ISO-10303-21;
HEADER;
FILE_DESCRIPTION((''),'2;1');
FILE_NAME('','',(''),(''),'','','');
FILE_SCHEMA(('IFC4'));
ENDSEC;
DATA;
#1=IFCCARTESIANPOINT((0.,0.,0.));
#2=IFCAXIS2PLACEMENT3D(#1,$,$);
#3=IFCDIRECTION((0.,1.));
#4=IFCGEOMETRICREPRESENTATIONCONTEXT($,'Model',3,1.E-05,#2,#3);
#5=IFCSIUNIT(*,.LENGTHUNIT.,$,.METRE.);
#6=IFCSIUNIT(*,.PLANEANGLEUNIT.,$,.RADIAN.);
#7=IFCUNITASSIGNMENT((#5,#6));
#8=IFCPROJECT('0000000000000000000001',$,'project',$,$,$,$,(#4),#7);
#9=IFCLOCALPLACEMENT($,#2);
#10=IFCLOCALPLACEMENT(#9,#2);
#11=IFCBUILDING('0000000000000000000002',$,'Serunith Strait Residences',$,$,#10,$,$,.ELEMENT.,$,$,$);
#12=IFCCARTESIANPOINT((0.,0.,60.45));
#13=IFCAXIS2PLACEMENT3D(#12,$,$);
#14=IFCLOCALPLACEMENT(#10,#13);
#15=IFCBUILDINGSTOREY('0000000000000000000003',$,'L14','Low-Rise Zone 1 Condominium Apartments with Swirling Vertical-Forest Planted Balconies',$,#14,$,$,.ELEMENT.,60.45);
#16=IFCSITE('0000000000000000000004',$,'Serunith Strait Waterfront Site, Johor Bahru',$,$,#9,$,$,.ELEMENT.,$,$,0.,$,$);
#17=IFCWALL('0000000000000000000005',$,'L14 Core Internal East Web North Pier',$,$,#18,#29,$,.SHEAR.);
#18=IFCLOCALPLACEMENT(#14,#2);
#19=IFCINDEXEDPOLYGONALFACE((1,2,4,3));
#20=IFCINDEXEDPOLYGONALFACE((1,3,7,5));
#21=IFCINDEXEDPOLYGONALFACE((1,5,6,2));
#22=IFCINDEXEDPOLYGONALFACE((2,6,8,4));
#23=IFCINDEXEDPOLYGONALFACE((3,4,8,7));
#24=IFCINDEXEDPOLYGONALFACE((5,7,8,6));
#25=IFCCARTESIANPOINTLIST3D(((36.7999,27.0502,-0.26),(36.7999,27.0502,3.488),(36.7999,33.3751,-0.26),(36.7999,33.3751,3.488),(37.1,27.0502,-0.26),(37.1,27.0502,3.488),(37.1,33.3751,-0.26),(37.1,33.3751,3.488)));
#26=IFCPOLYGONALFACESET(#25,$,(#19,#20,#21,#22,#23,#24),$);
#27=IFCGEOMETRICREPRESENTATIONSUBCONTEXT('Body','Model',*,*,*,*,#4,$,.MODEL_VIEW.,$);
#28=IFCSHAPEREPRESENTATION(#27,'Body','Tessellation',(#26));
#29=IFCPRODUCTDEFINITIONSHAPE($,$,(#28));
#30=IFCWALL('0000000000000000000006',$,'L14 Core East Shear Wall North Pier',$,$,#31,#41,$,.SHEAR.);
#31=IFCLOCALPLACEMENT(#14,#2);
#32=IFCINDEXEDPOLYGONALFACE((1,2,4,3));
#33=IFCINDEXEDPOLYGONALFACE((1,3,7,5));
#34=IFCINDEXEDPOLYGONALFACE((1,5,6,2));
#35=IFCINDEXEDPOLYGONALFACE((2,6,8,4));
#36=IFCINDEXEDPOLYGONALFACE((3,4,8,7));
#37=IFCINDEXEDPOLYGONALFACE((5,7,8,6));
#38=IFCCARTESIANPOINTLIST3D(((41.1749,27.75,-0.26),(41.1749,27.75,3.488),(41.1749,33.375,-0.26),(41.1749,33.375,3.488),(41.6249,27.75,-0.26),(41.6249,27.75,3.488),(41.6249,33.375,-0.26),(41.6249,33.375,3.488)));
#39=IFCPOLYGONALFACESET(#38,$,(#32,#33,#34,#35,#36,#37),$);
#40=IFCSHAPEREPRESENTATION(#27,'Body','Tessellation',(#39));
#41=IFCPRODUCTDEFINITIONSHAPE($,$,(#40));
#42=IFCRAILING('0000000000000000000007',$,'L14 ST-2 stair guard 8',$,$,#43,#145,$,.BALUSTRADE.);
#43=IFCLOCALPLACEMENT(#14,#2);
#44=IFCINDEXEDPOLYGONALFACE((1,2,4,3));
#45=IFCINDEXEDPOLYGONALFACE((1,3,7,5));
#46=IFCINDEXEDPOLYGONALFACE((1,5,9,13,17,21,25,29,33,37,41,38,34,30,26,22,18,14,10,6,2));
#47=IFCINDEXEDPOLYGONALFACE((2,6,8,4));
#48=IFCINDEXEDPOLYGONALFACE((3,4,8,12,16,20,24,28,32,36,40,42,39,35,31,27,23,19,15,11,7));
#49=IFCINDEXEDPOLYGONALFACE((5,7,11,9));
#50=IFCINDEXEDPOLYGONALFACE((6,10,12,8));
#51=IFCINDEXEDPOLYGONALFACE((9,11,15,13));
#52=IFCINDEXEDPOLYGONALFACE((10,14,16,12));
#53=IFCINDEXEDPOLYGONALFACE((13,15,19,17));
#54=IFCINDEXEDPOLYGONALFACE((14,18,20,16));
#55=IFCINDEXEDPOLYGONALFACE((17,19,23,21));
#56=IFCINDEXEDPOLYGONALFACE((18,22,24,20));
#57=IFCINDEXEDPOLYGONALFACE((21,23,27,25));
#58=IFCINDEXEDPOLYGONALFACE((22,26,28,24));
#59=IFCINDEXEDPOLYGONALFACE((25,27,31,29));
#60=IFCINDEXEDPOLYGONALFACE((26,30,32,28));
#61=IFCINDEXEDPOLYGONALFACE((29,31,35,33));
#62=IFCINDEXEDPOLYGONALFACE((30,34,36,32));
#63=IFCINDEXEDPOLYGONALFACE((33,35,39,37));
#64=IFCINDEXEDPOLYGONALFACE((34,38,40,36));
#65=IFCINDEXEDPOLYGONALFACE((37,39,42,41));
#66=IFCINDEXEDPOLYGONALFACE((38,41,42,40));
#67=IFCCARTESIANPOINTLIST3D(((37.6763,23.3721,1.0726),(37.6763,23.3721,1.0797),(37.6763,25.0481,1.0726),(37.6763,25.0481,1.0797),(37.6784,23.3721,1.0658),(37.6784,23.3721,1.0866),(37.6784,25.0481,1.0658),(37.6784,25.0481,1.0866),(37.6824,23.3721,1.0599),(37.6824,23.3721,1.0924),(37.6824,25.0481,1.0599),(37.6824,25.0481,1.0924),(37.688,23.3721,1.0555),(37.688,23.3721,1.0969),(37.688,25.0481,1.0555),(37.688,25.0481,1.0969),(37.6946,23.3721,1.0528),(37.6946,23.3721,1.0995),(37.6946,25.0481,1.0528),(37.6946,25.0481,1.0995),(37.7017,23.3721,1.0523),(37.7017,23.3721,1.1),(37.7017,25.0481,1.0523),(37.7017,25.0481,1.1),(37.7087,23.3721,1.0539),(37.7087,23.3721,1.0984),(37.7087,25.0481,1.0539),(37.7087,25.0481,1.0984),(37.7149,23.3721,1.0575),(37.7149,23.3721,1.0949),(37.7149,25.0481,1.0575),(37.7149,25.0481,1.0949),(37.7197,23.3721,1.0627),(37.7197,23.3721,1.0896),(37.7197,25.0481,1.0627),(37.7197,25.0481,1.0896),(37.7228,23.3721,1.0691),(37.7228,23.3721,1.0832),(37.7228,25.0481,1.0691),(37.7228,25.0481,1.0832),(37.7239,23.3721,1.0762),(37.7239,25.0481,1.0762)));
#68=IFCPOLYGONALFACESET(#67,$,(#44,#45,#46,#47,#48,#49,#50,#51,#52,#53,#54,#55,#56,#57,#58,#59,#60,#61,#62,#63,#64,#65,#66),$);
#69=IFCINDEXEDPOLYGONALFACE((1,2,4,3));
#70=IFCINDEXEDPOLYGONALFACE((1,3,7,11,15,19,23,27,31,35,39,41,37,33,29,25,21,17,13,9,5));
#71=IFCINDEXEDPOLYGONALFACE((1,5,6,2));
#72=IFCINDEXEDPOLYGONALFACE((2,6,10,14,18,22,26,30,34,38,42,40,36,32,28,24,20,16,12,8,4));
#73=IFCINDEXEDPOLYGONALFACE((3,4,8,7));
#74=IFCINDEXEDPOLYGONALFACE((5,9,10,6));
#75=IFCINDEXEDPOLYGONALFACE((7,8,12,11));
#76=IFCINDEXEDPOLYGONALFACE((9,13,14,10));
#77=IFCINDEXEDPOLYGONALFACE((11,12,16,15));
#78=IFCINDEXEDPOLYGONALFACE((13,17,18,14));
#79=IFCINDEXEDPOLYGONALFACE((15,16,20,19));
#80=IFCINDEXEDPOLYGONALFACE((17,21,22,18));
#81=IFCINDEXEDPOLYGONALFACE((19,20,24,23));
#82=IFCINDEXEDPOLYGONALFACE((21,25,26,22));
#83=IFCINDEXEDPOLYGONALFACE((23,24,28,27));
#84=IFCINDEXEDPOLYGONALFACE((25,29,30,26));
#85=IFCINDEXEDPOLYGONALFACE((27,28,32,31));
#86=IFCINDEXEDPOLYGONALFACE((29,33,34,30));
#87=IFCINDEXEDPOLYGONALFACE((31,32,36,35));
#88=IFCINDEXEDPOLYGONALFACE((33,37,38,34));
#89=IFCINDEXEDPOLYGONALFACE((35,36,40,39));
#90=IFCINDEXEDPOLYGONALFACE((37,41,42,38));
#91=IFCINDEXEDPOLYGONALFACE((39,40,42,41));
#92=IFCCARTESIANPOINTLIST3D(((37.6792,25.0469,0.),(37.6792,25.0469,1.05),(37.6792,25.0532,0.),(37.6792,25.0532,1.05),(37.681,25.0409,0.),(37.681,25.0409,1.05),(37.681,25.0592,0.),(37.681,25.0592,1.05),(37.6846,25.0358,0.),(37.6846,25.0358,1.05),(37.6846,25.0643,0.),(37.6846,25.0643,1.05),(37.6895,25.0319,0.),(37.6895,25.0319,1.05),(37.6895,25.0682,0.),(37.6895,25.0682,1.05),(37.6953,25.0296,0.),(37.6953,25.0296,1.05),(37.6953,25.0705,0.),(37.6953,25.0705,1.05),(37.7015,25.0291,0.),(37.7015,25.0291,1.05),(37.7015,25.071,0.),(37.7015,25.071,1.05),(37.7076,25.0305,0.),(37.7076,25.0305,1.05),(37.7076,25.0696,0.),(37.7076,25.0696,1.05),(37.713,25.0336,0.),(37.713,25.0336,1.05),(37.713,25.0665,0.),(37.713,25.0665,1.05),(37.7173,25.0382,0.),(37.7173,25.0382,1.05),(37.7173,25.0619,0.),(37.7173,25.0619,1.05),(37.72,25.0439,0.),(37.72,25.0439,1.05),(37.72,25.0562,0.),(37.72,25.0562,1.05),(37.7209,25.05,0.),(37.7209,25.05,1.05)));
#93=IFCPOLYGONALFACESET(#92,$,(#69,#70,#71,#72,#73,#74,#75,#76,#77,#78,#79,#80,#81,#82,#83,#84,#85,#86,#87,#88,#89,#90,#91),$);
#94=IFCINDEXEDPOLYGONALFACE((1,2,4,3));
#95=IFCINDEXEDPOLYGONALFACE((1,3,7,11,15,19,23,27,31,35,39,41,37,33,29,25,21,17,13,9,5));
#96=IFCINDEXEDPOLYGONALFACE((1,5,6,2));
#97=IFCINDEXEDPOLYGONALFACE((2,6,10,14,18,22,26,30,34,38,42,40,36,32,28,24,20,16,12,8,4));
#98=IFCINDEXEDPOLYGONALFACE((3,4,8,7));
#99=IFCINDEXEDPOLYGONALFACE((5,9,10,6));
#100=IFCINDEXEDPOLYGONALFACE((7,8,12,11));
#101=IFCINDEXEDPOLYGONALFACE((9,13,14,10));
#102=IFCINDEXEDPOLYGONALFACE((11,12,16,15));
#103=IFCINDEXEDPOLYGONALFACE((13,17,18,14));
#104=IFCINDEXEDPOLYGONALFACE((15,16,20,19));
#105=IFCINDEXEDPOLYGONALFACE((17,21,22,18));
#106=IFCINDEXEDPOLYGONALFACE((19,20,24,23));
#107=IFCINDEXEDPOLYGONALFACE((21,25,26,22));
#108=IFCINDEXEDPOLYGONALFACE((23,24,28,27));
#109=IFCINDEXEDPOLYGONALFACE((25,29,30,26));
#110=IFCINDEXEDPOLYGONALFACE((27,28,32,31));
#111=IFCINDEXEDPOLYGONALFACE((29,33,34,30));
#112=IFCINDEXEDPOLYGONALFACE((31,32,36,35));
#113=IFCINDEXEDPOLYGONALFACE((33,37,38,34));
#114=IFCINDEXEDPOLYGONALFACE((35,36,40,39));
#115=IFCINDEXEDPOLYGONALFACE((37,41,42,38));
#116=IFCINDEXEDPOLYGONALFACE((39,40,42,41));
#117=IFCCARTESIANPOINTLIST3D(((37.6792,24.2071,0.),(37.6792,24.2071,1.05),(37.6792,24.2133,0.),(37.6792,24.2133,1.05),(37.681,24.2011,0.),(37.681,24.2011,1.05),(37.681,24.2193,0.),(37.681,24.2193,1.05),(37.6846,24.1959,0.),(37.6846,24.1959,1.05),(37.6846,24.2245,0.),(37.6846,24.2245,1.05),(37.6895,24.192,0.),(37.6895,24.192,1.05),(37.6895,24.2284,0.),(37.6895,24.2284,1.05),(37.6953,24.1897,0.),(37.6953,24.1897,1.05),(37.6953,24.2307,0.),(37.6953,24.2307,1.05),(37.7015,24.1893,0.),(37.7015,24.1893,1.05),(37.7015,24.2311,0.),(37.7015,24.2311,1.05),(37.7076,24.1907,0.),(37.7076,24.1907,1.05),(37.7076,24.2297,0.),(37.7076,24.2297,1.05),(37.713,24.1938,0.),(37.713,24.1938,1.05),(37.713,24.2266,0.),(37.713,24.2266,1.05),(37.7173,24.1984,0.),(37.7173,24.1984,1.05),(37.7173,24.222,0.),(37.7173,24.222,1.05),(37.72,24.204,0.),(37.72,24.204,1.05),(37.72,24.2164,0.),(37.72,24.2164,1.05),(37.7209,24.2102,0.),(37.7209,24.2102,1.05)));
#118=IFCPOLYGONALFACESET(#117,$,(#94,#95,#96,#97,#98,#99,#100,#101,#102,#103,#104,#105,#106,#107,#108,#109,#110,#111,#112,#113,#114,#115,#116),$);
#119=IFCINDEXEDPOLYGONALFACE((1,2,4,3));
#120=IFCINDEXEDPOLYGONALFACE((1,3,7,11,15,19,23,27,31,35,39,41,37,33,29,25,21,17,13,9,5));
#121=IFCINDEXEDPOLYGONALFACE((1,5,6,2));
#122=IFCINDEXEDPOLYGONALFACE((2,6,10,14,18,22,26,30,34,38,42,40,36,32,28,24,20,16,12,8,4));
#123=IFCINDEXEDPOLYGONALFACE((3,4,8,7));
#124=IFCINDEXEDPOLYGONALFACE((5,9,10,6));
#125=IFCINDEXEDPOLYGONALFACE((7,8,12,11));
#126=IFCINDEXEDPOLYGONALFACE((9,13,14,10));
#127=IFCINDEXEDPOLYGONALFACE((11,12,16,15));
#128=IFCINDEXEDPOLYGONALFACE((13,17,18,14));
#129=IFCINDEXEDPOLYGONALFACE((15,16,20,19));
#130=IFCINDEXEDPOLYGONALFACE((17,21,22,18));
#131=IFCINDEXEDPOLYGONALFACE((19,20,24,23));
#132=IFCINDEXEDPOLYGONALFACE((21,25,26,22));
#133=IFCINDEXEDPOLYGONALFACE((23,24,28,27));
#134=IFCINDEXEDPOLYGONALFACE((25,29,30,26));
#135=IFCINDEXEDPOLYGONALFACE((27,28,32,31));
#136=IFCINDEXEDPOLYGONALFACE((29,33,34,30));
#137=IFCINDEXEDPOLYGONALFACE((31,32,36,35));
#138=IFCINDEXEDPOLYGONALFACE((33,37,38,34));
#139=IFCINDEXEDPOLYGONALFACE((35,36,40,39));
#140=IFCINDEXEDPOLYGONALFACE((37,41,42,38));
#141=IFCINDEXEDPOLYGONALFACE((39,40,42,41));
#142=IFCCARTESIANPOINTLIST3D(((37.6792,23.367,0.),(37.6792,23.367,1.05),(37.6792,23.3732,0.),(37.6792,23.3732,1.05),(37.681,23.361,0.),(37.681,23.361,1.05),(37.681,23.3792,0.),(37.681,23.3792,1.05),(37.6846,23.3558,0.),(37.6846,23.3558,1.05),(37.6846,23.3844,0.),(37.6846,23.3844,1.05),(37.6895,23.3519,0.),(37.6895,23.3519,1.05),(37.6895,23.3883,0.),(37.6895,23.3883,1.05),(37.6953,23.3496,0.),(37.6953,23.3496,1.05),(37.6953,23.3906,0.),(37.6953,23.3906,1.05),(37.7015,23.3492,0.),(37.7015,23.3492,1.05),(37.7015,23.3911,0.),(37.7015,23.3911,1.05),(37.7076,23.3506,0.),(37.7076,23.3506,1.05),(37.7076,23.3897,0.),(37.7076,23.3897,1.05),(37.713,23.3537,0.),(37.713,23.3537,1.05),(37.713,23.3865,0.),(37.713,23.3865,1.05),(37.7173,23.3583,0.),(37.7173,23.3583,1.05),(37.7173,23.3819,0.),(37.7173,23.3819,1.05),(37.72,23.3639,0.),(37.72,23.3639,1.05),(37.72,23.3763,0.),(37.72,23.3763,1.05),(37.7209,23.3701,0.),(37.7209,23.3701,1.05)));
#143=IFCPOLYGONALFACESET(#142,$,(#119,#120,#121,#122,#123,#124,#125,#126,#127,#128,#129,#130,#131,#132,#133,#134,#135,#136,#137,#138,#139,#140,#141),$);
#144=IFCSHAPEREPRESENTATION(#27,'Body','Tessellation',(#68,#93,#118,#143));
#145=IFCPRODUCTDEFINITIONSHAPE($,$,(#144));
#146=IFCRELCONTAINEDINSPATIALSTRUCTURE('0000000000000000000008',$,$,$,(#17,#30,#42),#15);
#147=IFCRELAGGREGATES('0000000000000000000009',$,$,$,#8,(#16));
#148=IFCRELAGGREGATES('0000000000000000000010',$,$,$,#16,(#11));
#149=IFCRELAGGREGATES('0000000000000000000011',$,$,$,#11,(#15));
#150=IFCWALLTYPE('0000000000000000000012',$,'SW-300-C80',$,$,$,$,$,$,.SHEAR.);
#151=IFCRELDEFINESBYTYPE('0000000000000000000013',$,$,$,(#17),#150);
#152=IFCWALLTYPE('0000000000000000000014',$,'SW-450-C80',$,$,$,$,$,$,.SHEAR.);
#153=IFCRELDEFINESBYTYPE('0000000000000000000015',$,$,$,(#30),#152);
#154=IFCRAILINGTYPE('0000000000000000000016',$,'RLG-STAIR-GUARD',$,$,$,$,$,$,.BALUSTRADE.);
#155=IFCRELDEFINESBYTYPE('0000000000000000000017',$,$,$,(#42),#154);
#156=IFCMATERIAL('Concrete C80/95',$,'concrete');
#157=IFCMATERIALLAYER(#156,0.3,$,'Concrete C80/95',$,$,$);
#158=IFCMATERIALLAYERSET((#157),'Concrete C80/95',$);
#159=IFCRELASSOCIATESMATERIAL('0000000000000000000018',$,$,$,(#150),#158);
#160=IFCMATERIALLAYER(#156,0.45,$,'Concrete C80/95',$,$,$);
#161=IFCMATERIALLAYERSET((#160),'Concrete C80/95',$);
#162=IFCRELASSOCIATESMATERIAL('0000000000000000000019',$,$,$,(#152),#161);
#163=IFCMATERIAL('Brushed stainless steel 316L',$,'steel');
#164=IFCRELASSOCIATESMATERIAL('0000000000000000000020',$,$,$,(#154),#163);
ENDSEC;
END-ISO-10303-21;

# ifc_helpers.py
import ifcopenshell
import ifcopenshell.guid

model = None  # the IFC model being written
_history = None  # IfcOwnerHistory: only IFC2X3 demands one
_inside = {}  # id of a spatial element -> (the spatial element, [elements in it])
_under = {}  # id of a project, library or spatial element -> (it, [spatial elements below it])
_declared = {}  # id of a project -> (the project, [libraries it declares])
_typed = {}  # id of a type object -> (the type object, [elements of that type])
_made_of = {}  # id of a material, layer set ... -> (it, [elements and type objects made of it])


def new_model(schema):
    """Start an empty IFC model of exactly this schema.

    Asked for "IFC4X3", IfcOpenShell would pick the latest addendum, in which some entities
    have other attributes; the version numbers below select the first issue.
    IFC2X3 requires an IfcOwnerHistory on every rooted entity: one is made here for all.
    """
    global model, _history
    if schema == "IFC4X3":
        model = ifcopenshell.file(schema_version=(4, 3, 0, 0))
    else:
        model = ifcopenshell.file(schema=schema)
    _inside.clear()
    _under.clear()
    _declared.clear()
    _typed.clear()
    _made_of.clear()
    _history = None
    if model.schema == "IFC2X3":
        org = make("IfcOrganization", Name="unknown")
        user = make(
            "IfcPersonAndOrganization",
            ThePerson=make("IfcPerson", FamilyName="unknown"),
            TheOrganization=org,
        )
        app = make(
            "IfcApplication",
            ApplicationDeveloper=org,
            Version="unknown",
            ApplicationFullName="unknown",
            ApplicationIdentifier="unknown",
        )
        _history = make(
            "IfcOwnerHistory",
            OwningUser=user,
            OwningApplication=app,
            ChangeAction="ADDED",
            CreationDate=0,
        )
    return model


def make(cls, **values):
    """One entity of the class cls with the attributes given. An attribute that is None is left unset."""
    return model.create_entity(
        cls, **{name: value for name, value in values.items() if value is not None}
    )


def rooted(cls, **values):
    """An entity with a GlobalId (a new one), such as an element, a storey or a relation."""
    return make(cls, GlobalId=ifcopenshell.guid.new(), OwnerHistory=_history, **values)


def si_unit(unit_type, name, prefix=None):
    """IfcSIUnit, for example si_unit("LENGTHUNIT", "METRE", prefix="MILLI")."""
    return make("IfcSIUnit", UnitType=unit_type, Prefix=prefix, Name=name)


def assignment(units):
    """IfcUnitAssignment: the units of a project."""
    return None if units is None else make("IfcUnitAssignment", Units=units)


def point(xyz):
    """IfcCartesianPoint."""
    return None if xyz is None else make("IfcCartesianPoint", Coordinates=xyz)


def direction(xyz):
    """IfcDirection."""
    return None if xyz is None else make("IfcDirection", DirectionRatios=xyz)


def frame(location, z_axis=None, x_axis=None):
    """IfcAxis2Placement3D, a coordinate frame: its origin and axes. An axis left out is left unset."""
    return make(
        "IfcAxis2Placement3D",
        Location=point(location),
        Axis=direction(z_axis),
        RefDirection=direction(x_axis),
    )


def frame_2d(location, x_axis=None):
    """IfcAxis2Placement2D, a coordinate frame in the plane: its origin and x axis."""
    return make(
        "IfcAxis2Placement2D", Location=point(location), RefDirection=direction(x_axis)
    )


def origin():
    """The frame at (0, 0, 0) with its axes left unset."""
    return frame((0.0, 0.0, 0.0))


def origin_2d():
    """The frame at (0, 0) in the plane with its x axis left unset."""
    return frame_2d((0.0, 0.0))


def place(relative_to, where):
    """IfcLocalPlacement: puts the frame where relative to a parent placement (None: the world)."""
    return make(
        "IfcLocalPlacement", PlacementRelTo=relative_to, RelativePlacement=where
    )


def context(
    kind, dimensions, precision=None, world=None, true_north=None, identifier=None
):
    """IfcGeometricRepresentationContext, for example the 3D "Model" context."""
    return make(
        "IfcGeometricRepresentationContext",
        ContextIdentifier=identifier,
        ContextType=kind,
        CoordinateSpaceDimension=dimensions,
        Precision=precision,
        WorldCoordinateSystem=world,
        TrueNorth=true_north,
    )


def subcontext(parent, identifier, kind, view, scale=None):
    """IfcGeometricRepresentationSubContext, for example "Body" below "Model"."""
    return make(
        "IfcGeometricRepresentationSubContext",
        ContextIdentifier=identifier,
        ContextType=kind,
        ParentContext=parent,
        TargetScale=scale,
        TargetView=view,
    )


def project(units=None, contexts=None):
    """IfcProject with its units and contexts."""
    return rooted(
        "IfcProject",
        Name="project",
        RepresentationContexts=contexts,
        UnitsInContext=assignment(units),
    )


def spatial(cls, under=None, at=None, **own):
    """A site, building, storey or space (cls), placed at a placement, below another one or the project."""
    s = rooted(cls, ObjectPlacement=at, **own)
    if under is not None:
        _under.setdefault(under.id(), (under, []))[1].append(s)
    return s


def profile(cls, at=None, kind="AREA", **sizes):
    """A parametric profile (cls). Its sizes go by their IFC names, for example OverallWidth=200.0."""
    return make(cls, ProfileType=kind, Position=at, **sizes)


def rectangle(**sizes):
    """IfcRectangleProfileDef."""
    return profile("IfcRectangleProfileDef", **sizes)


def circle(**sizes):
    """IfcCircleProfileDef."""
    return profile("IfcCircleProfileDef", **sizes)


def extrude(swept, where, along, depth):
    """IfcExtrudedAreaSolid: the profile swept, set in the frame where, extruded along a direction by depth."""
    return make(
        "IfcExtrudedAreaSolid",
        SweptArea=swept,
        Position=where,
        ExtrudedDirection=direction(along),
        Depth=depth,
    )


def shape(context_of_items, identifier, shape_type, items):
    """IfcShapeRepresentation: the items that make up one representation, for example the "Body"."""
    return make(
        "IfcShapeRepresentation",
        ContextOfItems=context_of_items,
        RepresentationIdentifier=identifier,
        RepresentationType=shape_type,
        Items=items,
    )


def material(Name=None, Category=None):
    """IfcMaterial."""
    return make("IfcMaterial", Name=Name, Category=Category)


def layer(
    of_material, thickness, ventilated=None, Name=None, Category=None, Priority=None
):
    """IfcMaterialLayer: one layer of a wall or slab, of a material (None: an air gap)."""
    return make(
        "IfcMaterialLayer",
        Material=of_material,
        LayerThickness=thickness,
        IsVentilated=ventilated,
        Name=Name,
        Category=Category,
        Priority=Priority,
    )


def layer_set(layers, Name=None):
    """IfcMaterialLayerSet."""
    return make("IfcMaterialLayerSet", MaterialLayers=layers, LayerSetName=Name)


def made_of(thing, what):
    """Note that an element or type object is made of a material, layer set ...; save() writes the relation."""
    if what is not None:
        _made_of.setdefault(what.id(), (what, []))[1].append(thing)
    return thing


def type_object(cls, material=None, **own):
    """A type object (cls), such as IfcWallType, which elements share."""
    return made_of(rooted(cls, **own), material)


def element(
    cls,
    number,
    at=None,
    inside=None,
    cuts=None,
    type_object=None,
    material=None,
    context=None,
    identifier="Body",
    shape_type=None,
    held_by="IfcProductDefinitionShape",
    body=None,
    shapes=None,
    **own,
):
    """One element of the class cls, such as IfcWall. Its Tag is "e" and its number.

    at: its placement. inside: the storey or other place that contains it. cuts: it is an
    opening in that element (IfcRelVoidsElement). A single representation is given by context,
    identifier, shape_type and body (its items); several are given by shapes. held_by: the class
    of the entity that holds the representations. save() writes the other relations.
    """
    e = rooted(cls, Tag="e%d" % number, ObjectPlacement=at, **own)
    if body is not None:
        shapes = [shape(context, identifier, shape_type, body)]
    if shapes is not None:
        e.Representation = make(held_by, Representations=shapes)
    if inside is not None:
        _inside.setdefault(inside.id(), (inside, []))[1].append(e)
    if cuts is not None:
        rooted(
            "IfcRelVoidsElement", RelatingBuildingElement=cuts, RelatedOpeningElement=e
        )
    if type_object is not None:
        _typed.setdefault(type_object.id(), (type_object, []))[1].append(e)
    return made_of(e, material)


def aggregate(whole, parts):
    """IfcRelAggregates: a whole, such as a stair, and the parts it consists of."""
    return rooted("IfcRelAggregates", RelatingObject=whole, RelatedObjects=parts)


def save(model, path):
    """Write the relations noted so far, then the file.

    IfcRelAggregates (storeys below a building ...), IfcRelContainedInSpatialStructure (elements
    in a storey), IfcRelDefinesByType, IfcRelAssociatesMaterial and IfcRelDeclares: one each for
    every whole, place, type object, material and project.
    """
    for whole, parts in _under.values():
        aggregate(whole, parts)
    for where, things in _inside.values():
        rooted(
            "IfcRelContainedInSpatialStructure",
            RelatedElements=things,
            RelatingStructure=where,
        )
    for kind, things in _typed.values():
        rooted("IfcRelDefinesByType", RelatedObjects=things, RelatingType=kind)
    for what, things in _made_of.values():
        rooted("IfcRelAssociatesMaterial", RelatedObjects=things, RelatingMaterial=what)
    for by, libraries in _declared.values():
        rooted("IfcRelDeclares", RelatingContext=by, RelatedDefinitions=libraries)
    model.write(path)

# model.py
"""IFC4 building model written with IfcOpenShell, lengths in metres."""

from ifc_helpers import new_model, si_unit, direction, frame, frame_2d, origin, origin_2d, place, context, subcontext, project, spatial, rectangle, circle, extrude, material, layer, layer_set, type_object, element, save


model = new_model("IFC4")

# Units and contexts
model_context = context("Model", 3, precision=1e-05, world=origin(), true_north=direction((0.0, 1.0)))
body_context = subcontext(model_context, "Body", "Model", "MODEL_VIEW")
ifc_project = project(units=[si_unit("LENGTHUNIT", "METRE"), si_unit("PLANEANGLEUNIT", "RADIAN")], contexts=[model_context])

# Site, building, storey
site_placement = place(None, origin())
site = spatial("IfcSite", under=ifc_project, at=site_placement, Name="Serunith Strait Waterfront Site, Johor Bahru", CompositionType="ELEMENT", RefElevation=0.0)
building_placement = place(site_placement, origin())
building = spatial("IfcBuilding", under=site, at=building_placement, Name="Serunith Strait Residences", CompositionType="ELEMENT")
storey_placement = place(building_placement, frame((0.0, 0.0, 60.45)))
storey = spatial("IfcBuildingStorey", under=building, at=storey_placement, Name="L14", Description="Low-Rise Zone 1 Condominium Apartments with Swirling Vertical-Forest Planted Balconies", CompositionType="ELEMENT", Elevation=60.45)

# Walls
ifc_material_1 = material(Name="Concrete C80/95", Category="concrete")
ifc_layer_1 = layer(ifc_material_1, 0.3, Name="Concrete C80/95")
ifc_layer_set_1 = layer_set([ifc_layer_1], Name="Concrete C80/95")
wall_type_1 = type_object("IfcWallType", Name="SW-300-C80", PredefinedType="SHEAR", material=ifc_layer_set_1)
wall_1_placement = place(storey_placement, frame((36.95, 27.05, -0.26), z_axis=(0.0, 0.0, 1.0), x_axis=(0.0, 1.0, 0.0)))
element("IfcWall", 1, at=wall_1_placement, inside=storey, type_object=wall_type_1, Name="L14 Core Internal East Web North Pier", PredefinedType="SHEAR", context=body_context, shape_type="SweptSolid", body=[
    extrude(rectangle(XDim=6.325, YDim=0.3, at=frame_2d((3.1626, 0.0))), origin(), (0.0, 0.0, 1.0), 3.748),
])
ifc_layer_2 = layer(ifc_material_1, 0.45, Name="Concrete C80/95")
ifc_layer_set_2 = layer_set([ifc_layer_2], Name="Concrete C80/95")
wall_type_2 = type_object("IfcWallType", Name="SW-450-C80", PredefinedType="SHEAR", material=ifc_layer_set_2)
wall_2_placement = place(storey_placement, frame((41.3999, 27.75, -0.26), z_axis=(0.0, 0.0, 1.0), x_axis=(0.0, 1.0, 0.0)))
element("IfcWall", 2, at=wall_2_placement, inside=storey, type_object=wall_type_2, Name="L14 Core East Shear Wall North Pier", PredefinedType="SHEAR", context=body_context, shape_type="SweptSolid", body=[
    extrude(rectangle(XDim=5.625, YDim=0.45, at=frame_2d((2.8125, 0.0))), origin(), (0.0, 0.0, 1.0), 3.748),
])

# Railing
ifc_material_2 = material(Name="Brushed stainless steel 316L", Category="steel")
railing_type = type_object("IfcRailingType", Name="RLG-STAIR-GUARD", PredefinedType="BALUSTRADE", material=ifc_material_2)
for number, where, name in (
    (3, (37.7, 25.05, 0.0), "L14 ST-2 stair guard 8"),
):
    element("IfcRailing", number, at=place(storey_placement, frame(where)), inside=storey, type_object=railing_type, Name=name, PredefinedType="BALUSTRADE", context=body_context, shape_type="SweptSolid", body=[
        extrude(circle(Radius=0.0239, at=origin_2d()), frame((0.0, -0.002, 1.0762), z_axis=(0.0, -1.0, 0.0), x_axis=(1.0, 0.0, 0.0)), (0.0, 0.0, 1.0), 1.676),
        extrude(circle(Radius=0.021, at=origin_2d()), origin(), (0.0, 0.0, 1.0), 1.05),
        extrude(circle(Radius=0.021, at=origin_2d()), frame((0.0, -0.8398, 0.0)), (0.0, 0.0, 1.0), 1.05),
        extrude(circle(Radius=0.021, at=origin_2d()), frame((0.0, -1.6799, 0.0)), (0.0, 0.0, 1.0), 1.05),
    ])

save(model, "model.ifc")
